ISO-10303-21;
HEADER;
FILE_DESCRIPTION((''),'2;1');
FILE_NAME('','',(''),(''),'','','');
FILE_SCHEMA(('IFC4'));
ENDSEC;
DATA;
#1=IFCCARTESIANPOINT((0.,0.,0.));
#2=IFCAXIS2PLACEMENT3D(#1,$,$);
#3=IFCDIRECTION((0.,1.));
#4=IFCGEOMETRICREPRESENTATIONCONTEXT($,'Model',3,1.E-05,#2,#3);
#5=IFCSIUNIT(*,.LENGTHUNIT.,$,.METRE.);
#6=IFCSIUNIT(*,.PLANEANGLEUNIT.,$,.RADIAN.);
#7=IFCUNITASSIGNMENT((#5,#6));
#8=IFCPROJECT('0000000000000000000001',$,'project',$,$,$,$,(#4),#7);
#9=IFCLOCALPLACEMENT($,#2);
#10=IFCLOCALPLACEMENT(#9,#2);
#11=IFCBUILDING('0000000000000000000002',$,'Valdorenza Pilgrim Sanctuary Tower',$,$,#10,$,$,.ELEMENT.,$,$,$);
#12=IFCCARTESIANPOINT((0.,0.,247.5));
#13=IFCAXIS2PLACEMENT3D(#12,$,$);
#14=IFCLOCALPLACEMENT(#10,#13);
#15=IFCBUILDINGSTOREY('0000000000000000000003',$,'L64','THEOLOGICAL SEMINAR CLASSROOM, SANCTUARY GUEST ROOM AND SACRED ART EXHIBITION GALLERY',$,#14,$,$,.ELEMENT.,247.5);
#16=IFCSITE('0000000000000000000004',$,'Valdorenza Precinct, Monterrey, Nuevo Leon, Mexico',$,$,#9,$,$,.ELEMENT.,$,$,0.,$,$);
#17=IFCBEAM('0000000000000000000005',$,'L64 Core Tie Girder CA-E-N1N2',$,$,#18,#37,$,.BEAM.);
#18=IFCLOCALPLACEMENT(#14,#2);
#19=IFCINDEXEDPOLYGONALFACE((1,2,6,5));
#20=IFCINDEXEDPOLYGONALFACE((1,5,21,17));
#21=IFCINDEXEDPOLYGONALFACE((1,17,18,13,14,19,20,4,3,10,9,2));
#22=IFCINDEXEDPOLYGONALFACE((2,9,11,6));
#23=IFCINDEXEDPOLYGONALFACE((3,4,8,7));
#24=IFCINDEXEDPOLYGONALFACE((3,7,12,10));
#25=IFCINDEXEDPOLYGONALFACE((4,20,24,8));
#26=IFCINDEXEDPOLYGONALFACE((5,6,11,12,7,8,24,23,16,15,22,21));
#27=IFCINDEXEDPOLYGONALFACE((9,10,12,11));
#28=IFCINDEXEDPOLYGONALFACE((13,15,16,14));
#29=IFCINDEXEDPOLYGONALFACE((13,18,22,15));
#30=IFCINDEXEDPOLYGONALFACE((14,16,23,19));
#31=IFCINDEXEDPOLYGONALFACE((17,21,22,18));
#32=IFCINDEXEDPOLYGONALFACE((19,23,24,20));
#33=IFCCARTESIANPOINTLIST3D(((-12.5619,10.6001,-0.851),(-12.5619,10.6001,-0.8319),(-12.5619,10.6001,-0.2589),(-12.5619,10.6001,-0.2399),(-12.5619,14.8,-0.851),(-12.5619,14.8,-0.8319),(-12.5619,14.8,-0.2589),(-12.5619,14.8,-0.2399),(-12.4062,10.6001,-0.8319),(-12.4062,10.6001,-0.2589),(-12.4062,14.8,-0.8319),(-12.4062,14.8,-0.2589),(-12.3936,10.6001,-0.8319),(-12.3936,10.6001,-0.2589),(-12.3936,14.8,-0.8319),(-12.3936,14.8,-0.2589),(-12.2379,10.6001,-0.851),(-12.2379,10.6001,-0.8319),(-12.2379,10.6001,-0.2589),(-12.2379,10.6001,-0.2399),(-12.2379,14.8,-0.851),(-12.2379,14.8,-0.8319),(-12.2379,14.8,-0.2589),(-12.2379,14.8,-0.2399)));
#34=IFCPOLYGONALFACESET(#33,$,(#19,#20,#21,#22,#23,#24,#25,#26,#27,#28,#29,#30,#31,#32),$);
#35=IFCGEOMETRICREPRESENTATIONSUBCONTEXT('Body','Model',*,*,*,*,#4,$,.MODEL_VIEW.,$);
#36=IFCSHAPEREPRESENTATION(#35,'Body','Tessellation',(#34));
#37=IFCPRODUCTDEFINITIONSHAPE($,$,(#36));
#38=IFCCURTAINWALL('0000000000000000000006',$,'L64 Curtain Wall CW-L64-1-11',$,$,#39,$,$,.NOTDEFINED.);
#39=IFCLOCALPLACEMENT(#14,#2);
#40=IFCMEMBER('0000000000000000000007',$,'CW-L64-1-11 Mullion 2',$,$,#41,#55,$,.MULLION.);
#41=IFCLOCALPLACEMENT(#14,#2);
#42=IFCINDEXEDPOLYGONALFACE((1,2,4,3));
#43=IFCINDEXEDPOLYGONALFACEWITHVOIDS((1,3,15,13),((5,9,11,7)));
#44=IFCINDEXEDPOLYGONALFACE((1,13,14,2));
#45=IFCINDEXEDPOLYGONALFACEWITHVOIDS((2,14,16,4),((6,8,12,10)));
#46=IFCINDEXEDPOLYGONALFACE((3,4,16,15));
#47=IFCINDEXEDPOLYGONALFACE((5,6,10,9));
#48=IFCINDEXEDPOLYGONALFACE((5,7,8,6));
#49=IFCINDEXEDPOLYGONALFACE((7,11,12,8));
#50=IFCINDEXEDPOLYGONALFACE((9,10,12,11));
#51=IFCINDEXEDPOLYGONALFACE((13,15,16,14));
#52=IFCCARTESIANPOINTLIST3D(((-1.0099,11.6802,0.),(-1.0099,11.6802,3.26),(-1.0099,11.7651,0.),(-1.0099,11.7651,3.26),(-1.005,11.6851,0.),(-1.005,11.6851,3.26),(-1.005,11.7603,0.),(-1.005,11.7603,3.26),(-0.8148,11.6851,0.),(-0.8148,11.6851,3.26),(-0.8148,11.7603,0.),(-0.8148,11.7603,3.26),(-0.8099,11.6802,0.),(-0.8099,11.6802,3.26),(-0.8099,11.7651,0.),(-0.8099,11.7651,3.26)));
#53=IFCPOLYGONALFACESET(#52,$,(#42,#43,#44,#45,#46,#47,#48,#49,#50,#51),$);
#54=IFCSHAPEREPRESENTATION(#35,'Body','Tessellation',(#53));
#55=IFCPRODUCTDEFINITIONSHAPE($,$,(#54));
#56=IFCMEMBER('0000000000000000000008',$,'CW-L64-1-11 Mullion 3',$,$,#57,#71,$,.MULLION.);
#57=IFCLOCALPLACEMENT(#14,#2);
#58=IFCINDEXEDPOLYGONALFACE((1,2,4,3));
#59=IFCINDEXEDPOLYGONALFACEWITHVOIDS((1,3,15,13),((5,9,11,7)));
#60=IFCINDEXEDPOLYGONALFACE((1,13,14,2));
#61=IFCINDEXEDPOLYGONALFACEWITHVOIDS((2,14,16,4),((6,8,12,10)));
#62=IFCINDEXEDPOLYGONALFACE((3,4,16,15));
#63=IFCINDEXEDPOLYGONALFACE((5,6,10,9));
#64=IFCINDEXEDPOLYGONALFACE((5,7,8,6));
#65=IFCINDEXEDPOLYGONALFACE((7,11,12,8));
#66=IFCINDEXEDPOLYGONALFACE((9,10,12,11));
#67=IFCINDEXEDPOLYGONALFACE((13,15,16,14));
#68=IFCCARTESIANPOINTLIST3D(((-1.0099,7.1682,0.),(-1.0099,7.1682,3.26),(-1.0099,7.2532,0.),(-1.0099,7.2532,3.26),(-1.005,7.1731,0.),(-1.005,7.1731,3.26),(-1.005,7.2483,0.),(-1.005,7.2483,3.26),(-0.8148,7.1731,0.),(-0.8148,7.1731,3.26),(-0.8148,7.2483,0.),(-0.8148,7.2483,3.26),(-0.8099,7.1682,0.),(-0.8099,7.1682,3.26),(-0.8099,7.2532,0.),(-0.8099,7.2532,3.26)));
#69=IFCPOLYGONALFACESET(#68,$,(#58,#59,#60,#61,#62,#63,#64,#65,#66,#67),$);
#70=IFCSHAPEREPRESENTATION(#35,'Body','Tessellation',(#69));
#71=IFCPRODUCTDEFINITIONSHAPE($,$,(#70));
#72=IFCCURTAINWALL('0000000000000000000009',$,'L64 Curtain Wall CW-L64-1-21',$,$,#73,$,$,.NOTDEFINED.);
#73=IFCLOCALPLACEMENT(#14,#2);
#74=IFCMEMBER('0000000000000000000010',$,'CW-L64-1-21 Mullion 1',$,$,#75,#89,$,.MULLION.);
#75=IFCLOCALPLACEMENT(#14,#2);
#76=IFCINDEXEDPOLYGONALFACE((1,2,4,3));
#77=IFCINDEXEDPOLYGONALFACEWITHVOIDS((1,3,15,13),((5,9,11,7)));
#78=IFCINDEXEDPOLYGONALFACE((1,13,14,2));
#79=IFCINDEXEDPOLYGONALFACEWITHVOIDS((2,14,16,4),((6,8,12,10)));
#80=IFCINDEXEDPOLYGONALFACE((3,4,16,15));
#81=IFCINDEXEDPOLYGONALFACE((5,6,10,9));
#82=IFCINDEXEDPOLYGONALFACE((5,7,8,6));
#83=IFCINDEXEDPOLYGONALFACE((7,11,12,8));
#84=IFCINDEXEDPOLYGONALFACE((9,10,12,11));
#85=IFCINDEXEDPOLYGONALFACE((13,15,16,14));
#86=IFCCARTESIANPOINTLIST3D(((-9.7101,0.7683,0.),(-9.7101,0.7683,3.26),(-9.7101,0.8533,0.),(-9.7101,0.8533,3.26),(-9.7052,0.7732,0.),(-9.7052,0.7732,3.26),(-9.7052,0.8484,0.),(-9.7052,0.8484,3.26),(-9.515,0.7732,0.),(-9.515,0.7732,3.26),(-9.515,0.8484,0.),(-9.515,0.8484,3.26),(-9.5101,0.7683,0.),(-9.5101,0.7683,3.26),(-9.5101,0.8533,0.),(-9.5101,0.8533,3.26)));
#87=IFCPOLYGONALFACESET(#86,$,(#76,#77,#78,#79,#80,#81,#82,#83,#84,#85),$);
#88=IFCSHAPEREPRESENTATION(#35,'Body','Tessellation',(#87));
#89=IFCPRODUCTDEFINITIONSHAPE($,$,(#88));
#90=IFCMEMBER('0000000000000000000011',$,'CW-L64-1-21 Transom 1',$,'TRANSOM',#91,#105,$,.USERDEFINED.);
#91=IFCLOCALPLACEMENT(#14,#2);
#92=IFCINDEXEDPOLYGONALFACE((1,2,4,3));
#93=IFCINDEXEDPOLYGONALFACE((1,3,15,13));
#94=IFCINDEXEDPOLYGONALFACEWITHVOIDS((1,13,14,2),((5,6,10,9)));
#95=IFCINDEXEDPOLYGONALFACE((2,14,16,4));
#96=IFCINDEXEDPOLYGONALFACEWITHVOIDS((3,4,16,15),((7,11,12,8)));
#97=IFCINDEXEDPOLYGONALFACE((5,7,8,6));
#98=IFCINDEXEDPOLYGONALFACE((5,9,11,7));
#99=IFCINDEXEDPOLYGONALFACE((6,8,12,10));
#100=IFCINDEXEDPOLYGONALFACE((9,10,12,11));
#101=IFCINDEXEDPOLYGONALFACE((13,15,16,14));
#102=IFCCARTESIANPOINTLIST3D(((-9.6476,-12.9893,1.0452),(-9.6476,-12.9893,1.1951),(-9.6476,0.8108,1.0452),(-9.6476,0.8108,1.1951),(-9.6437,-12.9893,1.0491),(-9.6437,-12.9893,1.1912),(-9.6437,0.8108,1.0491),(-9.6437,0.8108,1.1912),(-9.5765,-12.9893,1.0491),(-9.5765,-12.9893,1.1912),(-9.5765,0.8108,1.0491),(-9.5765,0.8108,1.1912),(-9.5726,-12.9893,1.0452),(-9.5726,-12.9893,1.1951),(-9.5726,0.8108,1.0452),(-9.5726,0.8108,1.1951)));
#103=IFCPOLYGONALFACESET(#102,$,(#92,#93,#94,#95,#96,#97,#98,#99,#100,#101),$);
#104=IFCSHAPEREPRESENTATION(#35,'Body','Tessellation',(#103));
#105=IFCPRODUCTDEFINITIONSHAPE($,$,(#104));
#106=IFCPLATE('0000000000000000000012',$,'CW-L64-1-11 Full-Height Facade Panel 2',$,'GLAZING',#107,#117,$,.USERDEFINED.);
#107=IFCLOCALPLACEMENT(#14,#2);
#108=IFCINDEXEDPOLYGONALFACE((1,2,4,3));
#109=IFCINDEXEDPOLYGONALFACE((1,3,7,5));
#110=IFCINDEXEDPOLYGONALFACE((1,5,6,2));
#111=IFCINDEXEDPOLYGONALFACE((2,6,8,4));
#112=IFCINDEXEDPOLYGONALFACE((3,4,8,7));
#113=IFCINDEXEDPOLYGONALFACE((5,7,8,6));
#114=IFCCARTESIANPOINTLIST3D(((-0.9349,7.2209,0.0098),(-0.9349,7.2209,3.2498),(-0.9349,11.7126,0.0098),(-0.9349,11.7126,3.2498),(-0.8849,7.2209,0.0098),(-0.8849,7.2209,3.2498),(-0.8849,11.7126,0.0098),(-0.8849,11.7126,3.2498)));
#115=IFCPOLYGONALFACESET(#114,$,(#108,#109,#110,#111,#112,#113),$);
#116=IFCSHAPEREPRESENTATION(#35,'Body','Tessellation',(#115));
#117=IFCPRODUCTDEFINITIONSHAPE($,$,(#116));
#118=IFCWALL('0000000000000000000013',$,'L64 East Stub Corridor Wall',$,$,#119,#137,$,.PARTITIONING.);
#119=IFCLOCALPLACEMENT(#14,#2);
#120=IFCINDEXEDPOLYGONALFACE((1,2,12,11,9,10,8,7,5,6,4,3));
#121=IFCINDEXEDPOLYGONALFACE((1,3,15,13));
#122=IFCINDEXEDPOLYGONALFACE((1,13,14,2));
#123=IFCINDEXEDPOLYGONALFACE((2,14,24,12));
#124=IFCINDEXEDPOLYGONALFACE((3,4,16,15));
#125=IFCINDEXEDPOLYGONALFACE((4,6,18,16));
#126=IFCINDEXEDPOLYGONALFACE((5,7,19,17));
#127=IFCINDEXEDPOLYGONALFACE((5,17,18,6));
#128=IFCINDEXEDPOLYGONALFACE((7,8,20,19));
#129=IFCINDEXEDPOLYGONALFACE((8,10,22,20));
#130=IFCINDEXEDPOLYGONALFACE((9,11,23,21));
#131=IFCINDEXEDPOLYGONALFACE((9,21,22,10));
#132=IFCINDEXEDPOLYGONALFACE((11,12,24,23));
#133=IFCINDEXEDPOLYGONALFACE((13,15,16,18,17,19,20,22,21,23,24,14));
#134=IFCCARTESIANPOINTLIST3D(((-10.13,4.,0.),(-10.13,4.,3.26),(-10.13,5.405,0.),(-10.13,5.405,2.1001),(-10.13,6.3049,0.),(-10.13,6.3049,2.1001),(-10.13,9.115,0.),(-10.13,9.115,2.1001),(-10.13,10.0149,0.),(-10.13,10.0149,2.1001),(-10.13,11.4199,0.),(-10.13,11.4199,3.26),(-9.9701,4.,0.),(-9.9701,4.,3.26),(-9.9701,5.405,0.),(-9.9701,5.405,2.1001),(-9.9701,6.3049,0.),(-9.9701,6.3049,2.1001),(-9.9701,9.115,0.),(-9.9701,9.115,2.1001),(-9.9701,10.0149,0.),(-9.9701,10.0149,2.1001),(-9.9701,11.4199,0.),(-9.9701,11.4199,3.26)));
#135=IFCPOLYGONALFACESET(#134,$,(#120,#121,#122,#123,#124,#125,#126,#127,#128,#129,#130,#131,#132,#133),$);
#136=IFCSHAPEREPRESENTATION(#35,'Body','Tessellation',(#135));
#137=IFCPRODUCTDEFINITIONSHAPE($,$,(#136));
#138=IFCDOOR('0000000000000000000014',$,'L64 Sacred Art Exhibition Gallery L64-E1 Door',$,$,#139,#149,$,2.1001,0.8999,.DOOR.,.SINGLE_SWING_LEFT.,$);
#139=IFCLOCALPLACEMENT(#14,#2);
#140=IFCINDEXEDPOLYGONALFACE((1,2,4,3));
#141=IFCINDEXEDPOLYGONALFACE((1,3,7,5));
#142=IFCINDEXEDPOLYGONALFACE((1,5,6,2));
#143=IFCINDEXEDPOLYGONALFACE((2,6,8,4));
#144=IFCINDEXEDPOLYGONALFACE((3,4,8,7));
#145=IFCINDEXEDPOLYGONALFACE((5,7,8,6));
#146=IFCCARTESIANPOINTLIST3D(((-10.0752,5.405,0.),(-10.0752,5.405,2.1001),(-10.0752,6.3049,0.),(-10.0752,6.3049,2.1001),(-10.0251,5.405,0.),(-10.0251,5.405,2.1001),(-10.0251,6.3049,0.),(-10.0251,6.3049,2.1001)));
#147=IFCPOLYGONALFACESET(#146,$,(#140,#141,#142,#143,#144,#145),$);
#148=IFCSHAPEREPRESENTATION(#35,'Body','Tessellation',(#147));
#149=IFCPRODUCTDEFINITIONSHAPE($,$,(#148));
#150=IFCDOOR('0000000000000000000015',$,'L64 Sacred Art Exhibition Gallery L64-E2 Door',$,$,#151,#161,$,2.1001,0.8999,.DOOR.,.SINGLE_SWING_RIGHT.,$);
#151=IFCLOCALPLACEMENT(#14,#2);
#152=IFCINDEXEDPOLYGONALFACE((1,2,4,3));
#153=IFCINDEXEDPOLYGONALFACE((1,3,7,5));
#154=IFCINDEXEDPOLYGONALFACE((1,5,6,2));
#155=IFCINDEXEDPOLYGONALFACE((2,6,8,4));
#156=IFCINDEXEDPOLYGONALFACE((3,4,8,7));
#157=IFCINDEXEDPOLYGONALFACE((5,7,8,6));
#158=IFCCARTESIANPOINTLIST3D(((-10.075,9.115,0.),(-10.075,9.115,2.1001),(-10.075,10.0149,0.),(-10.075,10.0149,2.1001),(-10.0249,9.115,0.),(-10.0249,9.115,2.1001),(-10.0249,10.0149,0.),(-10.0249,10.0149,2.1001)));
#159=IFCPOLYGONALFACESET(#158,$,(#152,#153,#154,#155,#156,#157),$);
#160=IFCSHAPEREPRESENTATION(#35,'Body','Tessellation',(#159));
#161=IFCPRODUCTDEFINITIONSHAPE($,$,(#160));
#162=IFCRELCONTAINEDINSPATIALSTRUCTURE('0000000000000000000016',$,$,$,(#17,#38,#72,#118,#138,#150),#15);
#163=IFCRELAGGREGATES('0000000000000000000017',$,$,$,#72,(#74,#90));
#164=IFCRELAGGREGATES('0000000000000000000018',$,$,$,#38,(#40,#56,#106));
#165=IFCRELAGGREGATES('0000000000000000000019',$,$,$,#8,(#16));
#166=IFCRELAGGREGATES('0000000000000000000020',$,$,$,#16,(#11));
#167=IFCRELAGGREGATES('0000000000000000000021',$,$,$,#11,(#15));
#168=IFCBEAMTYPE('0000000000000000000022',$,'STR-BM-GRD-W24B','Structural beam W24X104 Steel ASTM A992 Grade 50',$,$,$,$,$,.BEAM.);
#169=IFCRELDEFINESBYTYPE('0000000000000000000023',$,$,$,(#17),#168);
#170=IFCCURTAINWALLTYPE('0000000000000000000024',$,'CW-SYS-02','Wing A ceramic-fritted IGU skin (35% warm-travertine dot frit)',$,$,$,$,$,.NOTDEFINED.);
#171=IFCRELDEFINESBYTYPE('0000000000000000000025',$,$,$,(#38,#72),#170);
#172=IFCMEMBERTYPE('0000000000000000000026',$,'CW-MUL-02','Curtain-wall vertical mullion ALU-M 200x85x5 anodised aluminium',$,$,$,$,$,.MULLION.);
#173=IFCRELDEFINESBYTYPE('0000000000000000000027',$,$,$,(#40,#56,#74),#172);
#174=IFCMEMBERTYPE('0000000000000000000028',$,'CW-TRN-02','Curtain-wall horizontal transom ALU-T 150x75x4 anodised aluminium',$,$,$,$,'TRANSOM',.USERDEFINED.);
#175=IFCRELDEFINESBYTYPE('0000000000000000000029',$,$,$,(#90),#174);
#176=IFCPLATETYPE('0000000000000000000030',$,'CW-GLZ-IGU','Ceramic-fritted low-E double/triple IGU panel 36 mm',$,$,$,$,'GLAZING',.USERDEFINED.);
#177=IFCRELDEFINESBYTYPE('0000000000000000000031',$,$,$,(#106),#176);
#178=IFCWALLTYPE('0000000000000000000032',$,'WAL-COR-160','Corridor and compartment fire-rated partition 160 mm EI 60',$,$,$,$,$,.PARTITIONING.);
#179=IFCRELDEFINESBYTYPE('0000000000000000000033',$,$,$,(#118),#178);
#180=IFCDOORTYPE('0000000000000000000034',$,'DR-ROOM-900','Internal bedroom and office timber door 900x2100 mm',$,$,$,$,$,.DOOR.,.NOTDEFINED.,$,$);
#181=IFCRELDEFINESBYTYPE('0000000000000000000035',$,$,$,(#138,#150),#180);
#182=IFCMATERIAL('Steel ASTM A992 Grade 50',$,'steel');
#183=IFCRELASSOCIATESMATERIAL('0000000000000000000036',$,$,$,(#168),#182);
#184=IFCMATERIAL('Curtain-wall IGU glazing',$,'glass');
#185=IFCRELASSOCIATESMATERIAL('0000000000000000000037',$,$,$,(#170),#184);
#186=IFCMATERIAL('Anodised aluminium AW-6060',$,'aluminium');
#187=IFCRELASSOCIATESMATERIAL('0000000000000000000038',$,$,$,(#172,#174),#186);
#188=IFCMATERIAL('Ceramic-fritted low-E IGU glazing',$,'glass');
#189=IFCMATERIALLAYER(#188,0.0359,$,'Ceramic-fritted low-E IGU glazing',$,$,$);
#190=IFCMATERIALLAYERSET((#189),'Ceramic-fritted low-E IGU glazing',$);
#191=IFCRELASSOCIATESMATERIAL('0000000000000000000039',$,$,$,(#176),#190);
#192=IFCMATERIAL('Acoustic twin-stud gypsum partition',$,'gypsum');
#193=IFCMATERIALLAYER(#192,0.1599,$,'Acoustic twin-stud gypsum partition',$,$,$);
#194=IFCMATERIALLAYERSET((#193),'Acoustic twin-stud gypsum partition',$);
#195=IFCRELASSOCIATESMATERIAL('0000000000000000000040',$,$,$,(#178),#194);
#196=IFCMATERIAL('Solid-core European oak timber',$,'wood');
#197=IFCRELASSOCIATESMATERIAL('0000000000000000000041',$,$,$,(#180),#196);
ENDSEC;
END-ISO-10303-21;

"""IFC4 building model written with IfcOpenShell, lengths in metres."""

from ifc_helpers import new_model, si_unit, direction, frame, frame_2d, origin, origin_2d, place, context, subcontext, project, spatial, rectangle, hollow_rectangle, i_section, extrude, source, transform, mapped, material, layer, layer_set, material_profile, profile_set, type_object, element, fill, aggregate, save


model = new_model("IFC4")

# Units and contexts
model_context = context("Model", 3, precision=1e-05, world=origin(), true_north=direction((0.0, 1.0)))
body_context = subcontext(model_context, "Body", "Model", "MODEL_VIEW")
ifc_project = project(units=[si_unit("LENGTHUNIT", "METRE"), si_unit("PLANEANGLEUNIT", "RADIAN")], contexts=[model_context])

# Site, building, storey
site_placement = place(None, origin())
site = spatial("IfcSite", under=ifc_project, at=site_placement, Name="Valdorenza Precinct, Monterrey, Nuevo Leon, Mexico", CompositionType="ELEMENT", RefElevation=0.0)
building_placement = place(site_placement, origin())
building = spatial("IfcBuilding", under=site, at=building_placement, Name="Valdorenza Pilgrim Sanctuary Tower", CompositionType="ELEMENT")
storey_placement = place(building_placement, frame((0.0, 0.0, 247.5)))
storey = spatial("IfcBuildingStorey", under=building, at=storey_placement, Name="L64", Description="THEOLOGICAL SEMINAR CLASSROOM, SANCTUARY GUEST ROOM AND SACRED ART EXHIBITION GALLERY", CompositionType="ELEMENT", Elevation=247.5)

# Beam
ifc_material_1 = material(Name="Steel ASTM A992 Grade 50", Category="steel")
ifc_material_profile_1 = material_profile(ifc_material_1, i_section(OverallWidth=0.324, OverallDepth=0.6111, WebThickness=0.0127, FlangeThickness=0.019, at=origin_2d()), Name="W24X104")
ifc_profile_set_1 = profile_set([ifc_material_profile_1], Name="Steel ASTM A992 Grade 50")
beam_type = type_object("IfcBeamType", Name="STR-BM-GRD-W24B", Description="Structural beam W24X104 Steel ASTM A992 Grade 50", PredefinedType="BEAM", material=ifc_profile_set_1)
shared_shape_1 = source(origin(), body_context, "Body", "SweptSolid", [
    extrude(i_section(OverallWidth=0.324, OverallDepth=0.6111, WebThickness=0.0127, FlangeThickness=0.019, at=origin_2d()), origin(), (0.0, 0.0, 1.0), 4.2),
])
beam_placement = place(storey_placement, frame((-12.3999, 10.6001, -0.5454), z_axis=(0.0, 1.0, 0.0), x_axis=(-1.0, 0.0, 0.0)))
element("IfcBeam", 1, at=beam_placement, inside=storey, type_object=beam_type, Name="L64 Core Tie Girder CA-E-N1N2", PredefinedType="BEAM", context=body_context, shape_type="MappedRepresentation", body=[
    mapped(shared_shape_1, transform((0.0, 0.0, 0.0), x_axis=(1.0, 0.0, 0.0), y_axis=(0.0, 1.0, 0.0), z_axis=(0.0, 0.0, 1.0), scale=1.0)),
])

# Curtain walls, members
ifc_material_2 = material(Name="Curtain-wall IGU glazing", Category="glass")
curtain_wall_type = type_object("IfcCurtainWallType", Name="CW-SYS-02", Description="Wing A ceramic-fritted IGU skin (35% warm-travertine dot frit)", PredefinedType="NOTDEFINED", material=ifc_material_2)
curtain_wall_1_placement = place(storey_placement, origin())
curtain_wall_1 = element("IfcCurtainWall", 2, at=curtain_wall_1_placement, inside=storey, type_object=curtain_wall_type, Name="L64 Curtain Wall CW-L64-1-11", PredefinedType="NOTDEFINED")
ifc_material_3 = material(Name="Anodised aluminium AW-6060", Category="aluminium")
ifc_material_profile_2 = material_profile(ifc_material_3, hollow_rectangle(XDim=0.085, YDim=0.2, WallThickness=0.0049, at=origin_2d()), Name="ALU-M 200x85x5")
ifc_profile_set_2 = profile_set([ifc_material_profile_2], Name="Anodised aluminium AW-6060")
member_type_1 = type_object("IfcMemberType", Name="CW-MUL-02", Description="Curtain-wall vertical mullion ALU-M 200x85x5 anodised aluminium", PredefinedType="MULLION", material=ifc_profile_set_2)
shared_shape_2 = source(origin(), body_context, "Body", "SweptSolid", [
    extrude(hollow_rectangle(XDim=0.085, YDim=0.2, WallThickness=0.0049, at=origin_2d()), origin(), (0.0, 0.0, 1.0), 3.26),
])
member_1_placement = place(storey_placement, frame((-0.9099, 11.7227, 0.0), z_axis=(0.0, 0.0, 1.0), x_axis=(0.0, -1.0, 0.0)))
member_1 = element("IfcMember", 3, at=member_1_placement, type_object=member_type_1, Name="CW-L64-1-11 Mullion 2", PredefinedType="MULLION", context=body_context, shape_type="MappedRepresentation", body=[
    mapped(shared_shape_2, transform((0.0, 0.0, 0.0), x_axis=(1.0, 0.0, 0.0), y_axis=(0.0, 1.0, 0.0), z_axis=(0.0, 0.0, 1.0), scale=1.0)),
])
member_2_placement = place(storey_placement, frame((-0.9099, 7.2107, 0.0), z_axis=(0.0, 0.0, 1.0), x_axis=(0.0, -1.0, 0.0)))
member_2 = element("IfcMember", 4, at=member_2_placement, type_object=member_type_1, Name="CW-L64-1-11 Mullion 3", PredefinedType="MULLION", context=body_context, shape_type="MappedRepresentation", body=[
    mapped(shared_shape_2, transform((0.0, 0.0, 0.0), x_axis=(1.0, 0.0, 0.0), y_axis=(0.0, 1.0, 0.0), z_axis=(0.0, 0.0, 1.0), scale=1.0)),
])
curtain_wall_2_placement = place(storey_placement, origin())
curtain_wall_2 = element("IfcCurtainWall", 5, at=curtain_wall_2_placement, inside=storey, type_object=curtain_wall_type, Name="L64 Curtain Wall CW-L64-1-21", PredefinedType="NOTDEFINED")
member_3_placement = place(storey_placement, frame((-9.6101, 0.8108, 0.0), z_axis=(0.0, 0.0, 1.0), x_axis=(0.0, -1.0, 0.0)))
member_3 = element("IfcMember", 6, at=member_3_placement, type_object=member_type_1, Name="CW-L64-1-21 Mullion 1", PredefinedType="MULLION", context=body_context, shape_type="MappedRepresentation", body=[
    mapped(shared_shape_2, transform((0.0, 0.0, 0.0), x_axis=(1.0, 0.0, 0.0), y_axis=(0.0, 1.0, 0.0), z_axis=(0.0, 0.0, 1.0), scale=1.0)),
])
ifc_material_profile_3 = material_profile(ifc_material_3, hollow_rectangle(XDim=0.075, YDim=0.1499, WallThickness=0.0039, at=origin_2d()), Name="ALU-T 150x75x4")
ifc_profile_set_3 = profile_set([ifc_material_profile_3], Name="Anodised aluminium AW-6060")
member_type_2 = type_object("IfcMemberType", Name="CW-TRN-02", Description="Curtain-wall horizontal transom ALU-T 150x75x4 anodised aluminium", ElementType="TRANSOM", PredefinedType="USERDEFINED", material=ifc_profile_set_3)
shared_shape_3 = source(origin(), body_context, "Body", "SweptSolid", [
    extrude(hollow_rectangle(XDim=0.075, YDim=0.1499, WallThickness=0.0039, at=origin_2d()), origin(), (0.0, 0.0, 1.0), 13.8),
])
member_4_placement = place(storey_placement, frame((-9.6101, 0.8108, 1.1201), z_axis=(0.0, -1.0, 0.0), x_axis=(1.0, 0.0, 0.0)))
member_4 = element("IfcMember", 7, at=member_4_placement, type_object=member_type_2, Name="CW-L64-1-21 Transom 1", ObjectType="TRANSOM", PredefinedType="USERDEFINED", context=body_context, shape_type="MappedRepresentation", body=[
    mapped(shared_shape_3, transform((0.0, 0.0, 0.0), x_axis=(1.0, 0.0, 0.0), y_axis=(0.0, 1.0, 0.0), z_axis=(0.0, 0.0, 1.0), scale=1.0)),
])
aggregate(curtain_wall_2, [member_3, member_4])

# Plate
ifc_material_4 = material(Name="Ceramic-fritted low-E IGU glazing", Category="glass")
ifc_layer_1 = layer(ifc_material_4, 0.0359, Name="Ceramic-fritted low-E IGU glazing")
ifc_layer_set_1 = layer_set([ifc_layer_1], Name="Ceramic-fritted low-E IGU glazing")
plate_type = type_object("IfcPlateType", Name="CW-GLZ-IGU", Description="Ceramic-fritted low-E double/triple IGU panel 36 mm", ElementType="GLAZING", PredefinedType="USERDEFINED", material=ifc_layer_set_1)
shared_shape_4 = source(origin(), body_context, "Body", "SweptSolid", [
    extrude(rectangle(XDim=4.4917, YDim=0.05, at=origin_2d()), origin(), (0.0, 0.0, 1.0), 3.24),
])
plate_placement = place(storey_placement, frame((-0.9099, 9.4668, 0.0098), z_axis=(0.0, 0.0, 1.0), x_axis=(0.0, -1.0, 0.0)))
plate = element("IfcPlate", 8, at=plate_placement, type_object=plate_type, Name="CW-L64-1-11 Full-Height Facade Panel 2", ObjectType="GLAZING", PredefinedType="USERDEFINED", context=body_context, shape_type="MappedRepresentation", body=[
    mapped(shared_shape_4, transform((0.0, 0.0, 0.0), x_axis=(1.0, 0.0, 0.0), y_axis=(0.0, 1.0, 0.0), z_axis=(0.0, 0.0, 1.0), scale=1.0)),
])
aggregate(curtain_wall_1, [member_1, member_2, plate])

# Wall, openings, doors
ifc_material_5 = material(Name="Acoustic twin-stud gypsum partition", Category="gypsum")
ifc_layer_2 = layer(ifc_material_5, 0.1599, Name="Acoustic twin-stud gypsum partition")
ifc_layer_set_2 = layer_set([ifc_layer_2], Name="Acoustic twin-stud gypsum partition")
wall_type_1 = type_object("IfcWallType", Name="WAL-COR-160", Description="Corridor and compartment fire-rated partition 160 mm EI 60", PredefinedType="PARTITIONING", material=ifc_layer_set_2)
wall_1_placement = place(storey_placement, frame((-10.05, 4.0, 0.0), z_axis=(0.0, 0.0, 1.0), x_axis=(0.0, 1.0, 0.0)))
wall_1 = element("IfcWall", 9, at=wall_1_placement, inside=storey, type_object=wall_type_1, Name="L64 East Stub Corridor Wall", PredefinedType="PARTITIONING", context=body_context, shape_type="SweptSolid", body=[
    extrude(rectangle(XDim=7.4199, YDim=0.1599, at=frame_2d((3.71, 0.0))), origin(), (0.0, 0.0, 1.0), 3.26),
])
opening_1_placement = place(wall_1_placement, frame((1.405, 0.0, 0.0)))
opening_1 = element("IfcOpeningElement", 10, at=opening_1_placement, cuts=wall_1, PredefinedType="OPENING", context=body_context, shape_type="SweptSolid", body=[
    extrude(rectangle(XDim=0.8999, YDim=2.1001, at=frame_2d((0.45, 1.05))), frame((0.0, 0.0947, 0.0), z_axis=(0.0, -1.0, 0.0), x_axis=(1.0, 0.0, 0.0)), (0.0, 0.0, 1.0), 0.1897),
])
opening_2_placement = place(wall_1_placement, frame((5.115, 0.0, 0.0)))
opening_2 = element("IfcOpeningElement", 11, at=opening_2_placement, cuts=wall_1, PredefinedType="OPENING", context=body_context, shape_type="SweptSolid", body=[
    extrude(rectangle(XDim=0.8999, YDim=2.1001, at=frame_2d((0.45, 1.05))), frame((0.0, 0.0947, 0.0), z_axis=(0.0, -1.0, 0.0), x_axis=(1.0, 0.0, 0.0)), (0.0, 0.0, 1.0), 0.1897),
])
ifc_material_6 = material(Name="Solid-core European oak timber", Category="wood")
door_type = type_object("IfcDoorType", Name="DR-ROOM-900", Description="Internal bedroom and office timber door 900x2100 mm", OperationType="NOTDEFINED", PredefinedType="DOOR", material=ifc_material_6)
door_1_placement = place(opening_1_placement, frame((0.8999, 0.0, 0.0), z_axis=(0.0, 0.0, 1.0), x_axis=(-1.0, 0.0, 0.0)))
door_1 = element("IfcDoor", 12, at=door_1_placement, inside=storey, type_object=door_type, Name="L64 Sacred Art Exhibition Gallery L64-E1 Door", OperationType="SINGLE_SWING_LEFT", OverallHeight=2.1001, OverallWidth=0.8999, PredefinedType="DOOR", context=body_context, shape_type="SweptSolid", body=[
    extrude(rectangle(XDim=0.8999, YDim=2.1001, at=frame_2d((0.45, 1.05))), frame((0.0, 0.0249, 0.0), z_axis=(0.0, -1.0, 0.0), x_axis=(1.0, 0.0, 0.0)), (0.0, 0.0, 1.0), 0.05),
])
fill(opening_1, door_1)
door_2_placement = place(opening_2_placement, origin())
door_2 = element("IfcDoor", 13, at=door_2_placement, inside=storey, type_object=door_type, Name="L64 Sacred Art Exhibition Gallery L64-E2 Door", OperationType="SINGLE_SWING_RIGHT", OverallHeight=2.1001, OverallWidth=0.8999, PredefinedType="DOOR", context=body_context, shape_type="SweptSolid", body=[
    extrude(rectangle(XDim=0.8999, YDim=2.1001, at=frame_2d((0.45, 1.05))), frame((0.0, 0.0249, 0.0), z_axis=(0.0, -1.0, 0.0), x_axis=(1.0, 0.0, 0.0)), (0.0, 0.0, 1.0), 0.05),
])
fill(opening_2, door_2)

save(model, "model.ifc")
